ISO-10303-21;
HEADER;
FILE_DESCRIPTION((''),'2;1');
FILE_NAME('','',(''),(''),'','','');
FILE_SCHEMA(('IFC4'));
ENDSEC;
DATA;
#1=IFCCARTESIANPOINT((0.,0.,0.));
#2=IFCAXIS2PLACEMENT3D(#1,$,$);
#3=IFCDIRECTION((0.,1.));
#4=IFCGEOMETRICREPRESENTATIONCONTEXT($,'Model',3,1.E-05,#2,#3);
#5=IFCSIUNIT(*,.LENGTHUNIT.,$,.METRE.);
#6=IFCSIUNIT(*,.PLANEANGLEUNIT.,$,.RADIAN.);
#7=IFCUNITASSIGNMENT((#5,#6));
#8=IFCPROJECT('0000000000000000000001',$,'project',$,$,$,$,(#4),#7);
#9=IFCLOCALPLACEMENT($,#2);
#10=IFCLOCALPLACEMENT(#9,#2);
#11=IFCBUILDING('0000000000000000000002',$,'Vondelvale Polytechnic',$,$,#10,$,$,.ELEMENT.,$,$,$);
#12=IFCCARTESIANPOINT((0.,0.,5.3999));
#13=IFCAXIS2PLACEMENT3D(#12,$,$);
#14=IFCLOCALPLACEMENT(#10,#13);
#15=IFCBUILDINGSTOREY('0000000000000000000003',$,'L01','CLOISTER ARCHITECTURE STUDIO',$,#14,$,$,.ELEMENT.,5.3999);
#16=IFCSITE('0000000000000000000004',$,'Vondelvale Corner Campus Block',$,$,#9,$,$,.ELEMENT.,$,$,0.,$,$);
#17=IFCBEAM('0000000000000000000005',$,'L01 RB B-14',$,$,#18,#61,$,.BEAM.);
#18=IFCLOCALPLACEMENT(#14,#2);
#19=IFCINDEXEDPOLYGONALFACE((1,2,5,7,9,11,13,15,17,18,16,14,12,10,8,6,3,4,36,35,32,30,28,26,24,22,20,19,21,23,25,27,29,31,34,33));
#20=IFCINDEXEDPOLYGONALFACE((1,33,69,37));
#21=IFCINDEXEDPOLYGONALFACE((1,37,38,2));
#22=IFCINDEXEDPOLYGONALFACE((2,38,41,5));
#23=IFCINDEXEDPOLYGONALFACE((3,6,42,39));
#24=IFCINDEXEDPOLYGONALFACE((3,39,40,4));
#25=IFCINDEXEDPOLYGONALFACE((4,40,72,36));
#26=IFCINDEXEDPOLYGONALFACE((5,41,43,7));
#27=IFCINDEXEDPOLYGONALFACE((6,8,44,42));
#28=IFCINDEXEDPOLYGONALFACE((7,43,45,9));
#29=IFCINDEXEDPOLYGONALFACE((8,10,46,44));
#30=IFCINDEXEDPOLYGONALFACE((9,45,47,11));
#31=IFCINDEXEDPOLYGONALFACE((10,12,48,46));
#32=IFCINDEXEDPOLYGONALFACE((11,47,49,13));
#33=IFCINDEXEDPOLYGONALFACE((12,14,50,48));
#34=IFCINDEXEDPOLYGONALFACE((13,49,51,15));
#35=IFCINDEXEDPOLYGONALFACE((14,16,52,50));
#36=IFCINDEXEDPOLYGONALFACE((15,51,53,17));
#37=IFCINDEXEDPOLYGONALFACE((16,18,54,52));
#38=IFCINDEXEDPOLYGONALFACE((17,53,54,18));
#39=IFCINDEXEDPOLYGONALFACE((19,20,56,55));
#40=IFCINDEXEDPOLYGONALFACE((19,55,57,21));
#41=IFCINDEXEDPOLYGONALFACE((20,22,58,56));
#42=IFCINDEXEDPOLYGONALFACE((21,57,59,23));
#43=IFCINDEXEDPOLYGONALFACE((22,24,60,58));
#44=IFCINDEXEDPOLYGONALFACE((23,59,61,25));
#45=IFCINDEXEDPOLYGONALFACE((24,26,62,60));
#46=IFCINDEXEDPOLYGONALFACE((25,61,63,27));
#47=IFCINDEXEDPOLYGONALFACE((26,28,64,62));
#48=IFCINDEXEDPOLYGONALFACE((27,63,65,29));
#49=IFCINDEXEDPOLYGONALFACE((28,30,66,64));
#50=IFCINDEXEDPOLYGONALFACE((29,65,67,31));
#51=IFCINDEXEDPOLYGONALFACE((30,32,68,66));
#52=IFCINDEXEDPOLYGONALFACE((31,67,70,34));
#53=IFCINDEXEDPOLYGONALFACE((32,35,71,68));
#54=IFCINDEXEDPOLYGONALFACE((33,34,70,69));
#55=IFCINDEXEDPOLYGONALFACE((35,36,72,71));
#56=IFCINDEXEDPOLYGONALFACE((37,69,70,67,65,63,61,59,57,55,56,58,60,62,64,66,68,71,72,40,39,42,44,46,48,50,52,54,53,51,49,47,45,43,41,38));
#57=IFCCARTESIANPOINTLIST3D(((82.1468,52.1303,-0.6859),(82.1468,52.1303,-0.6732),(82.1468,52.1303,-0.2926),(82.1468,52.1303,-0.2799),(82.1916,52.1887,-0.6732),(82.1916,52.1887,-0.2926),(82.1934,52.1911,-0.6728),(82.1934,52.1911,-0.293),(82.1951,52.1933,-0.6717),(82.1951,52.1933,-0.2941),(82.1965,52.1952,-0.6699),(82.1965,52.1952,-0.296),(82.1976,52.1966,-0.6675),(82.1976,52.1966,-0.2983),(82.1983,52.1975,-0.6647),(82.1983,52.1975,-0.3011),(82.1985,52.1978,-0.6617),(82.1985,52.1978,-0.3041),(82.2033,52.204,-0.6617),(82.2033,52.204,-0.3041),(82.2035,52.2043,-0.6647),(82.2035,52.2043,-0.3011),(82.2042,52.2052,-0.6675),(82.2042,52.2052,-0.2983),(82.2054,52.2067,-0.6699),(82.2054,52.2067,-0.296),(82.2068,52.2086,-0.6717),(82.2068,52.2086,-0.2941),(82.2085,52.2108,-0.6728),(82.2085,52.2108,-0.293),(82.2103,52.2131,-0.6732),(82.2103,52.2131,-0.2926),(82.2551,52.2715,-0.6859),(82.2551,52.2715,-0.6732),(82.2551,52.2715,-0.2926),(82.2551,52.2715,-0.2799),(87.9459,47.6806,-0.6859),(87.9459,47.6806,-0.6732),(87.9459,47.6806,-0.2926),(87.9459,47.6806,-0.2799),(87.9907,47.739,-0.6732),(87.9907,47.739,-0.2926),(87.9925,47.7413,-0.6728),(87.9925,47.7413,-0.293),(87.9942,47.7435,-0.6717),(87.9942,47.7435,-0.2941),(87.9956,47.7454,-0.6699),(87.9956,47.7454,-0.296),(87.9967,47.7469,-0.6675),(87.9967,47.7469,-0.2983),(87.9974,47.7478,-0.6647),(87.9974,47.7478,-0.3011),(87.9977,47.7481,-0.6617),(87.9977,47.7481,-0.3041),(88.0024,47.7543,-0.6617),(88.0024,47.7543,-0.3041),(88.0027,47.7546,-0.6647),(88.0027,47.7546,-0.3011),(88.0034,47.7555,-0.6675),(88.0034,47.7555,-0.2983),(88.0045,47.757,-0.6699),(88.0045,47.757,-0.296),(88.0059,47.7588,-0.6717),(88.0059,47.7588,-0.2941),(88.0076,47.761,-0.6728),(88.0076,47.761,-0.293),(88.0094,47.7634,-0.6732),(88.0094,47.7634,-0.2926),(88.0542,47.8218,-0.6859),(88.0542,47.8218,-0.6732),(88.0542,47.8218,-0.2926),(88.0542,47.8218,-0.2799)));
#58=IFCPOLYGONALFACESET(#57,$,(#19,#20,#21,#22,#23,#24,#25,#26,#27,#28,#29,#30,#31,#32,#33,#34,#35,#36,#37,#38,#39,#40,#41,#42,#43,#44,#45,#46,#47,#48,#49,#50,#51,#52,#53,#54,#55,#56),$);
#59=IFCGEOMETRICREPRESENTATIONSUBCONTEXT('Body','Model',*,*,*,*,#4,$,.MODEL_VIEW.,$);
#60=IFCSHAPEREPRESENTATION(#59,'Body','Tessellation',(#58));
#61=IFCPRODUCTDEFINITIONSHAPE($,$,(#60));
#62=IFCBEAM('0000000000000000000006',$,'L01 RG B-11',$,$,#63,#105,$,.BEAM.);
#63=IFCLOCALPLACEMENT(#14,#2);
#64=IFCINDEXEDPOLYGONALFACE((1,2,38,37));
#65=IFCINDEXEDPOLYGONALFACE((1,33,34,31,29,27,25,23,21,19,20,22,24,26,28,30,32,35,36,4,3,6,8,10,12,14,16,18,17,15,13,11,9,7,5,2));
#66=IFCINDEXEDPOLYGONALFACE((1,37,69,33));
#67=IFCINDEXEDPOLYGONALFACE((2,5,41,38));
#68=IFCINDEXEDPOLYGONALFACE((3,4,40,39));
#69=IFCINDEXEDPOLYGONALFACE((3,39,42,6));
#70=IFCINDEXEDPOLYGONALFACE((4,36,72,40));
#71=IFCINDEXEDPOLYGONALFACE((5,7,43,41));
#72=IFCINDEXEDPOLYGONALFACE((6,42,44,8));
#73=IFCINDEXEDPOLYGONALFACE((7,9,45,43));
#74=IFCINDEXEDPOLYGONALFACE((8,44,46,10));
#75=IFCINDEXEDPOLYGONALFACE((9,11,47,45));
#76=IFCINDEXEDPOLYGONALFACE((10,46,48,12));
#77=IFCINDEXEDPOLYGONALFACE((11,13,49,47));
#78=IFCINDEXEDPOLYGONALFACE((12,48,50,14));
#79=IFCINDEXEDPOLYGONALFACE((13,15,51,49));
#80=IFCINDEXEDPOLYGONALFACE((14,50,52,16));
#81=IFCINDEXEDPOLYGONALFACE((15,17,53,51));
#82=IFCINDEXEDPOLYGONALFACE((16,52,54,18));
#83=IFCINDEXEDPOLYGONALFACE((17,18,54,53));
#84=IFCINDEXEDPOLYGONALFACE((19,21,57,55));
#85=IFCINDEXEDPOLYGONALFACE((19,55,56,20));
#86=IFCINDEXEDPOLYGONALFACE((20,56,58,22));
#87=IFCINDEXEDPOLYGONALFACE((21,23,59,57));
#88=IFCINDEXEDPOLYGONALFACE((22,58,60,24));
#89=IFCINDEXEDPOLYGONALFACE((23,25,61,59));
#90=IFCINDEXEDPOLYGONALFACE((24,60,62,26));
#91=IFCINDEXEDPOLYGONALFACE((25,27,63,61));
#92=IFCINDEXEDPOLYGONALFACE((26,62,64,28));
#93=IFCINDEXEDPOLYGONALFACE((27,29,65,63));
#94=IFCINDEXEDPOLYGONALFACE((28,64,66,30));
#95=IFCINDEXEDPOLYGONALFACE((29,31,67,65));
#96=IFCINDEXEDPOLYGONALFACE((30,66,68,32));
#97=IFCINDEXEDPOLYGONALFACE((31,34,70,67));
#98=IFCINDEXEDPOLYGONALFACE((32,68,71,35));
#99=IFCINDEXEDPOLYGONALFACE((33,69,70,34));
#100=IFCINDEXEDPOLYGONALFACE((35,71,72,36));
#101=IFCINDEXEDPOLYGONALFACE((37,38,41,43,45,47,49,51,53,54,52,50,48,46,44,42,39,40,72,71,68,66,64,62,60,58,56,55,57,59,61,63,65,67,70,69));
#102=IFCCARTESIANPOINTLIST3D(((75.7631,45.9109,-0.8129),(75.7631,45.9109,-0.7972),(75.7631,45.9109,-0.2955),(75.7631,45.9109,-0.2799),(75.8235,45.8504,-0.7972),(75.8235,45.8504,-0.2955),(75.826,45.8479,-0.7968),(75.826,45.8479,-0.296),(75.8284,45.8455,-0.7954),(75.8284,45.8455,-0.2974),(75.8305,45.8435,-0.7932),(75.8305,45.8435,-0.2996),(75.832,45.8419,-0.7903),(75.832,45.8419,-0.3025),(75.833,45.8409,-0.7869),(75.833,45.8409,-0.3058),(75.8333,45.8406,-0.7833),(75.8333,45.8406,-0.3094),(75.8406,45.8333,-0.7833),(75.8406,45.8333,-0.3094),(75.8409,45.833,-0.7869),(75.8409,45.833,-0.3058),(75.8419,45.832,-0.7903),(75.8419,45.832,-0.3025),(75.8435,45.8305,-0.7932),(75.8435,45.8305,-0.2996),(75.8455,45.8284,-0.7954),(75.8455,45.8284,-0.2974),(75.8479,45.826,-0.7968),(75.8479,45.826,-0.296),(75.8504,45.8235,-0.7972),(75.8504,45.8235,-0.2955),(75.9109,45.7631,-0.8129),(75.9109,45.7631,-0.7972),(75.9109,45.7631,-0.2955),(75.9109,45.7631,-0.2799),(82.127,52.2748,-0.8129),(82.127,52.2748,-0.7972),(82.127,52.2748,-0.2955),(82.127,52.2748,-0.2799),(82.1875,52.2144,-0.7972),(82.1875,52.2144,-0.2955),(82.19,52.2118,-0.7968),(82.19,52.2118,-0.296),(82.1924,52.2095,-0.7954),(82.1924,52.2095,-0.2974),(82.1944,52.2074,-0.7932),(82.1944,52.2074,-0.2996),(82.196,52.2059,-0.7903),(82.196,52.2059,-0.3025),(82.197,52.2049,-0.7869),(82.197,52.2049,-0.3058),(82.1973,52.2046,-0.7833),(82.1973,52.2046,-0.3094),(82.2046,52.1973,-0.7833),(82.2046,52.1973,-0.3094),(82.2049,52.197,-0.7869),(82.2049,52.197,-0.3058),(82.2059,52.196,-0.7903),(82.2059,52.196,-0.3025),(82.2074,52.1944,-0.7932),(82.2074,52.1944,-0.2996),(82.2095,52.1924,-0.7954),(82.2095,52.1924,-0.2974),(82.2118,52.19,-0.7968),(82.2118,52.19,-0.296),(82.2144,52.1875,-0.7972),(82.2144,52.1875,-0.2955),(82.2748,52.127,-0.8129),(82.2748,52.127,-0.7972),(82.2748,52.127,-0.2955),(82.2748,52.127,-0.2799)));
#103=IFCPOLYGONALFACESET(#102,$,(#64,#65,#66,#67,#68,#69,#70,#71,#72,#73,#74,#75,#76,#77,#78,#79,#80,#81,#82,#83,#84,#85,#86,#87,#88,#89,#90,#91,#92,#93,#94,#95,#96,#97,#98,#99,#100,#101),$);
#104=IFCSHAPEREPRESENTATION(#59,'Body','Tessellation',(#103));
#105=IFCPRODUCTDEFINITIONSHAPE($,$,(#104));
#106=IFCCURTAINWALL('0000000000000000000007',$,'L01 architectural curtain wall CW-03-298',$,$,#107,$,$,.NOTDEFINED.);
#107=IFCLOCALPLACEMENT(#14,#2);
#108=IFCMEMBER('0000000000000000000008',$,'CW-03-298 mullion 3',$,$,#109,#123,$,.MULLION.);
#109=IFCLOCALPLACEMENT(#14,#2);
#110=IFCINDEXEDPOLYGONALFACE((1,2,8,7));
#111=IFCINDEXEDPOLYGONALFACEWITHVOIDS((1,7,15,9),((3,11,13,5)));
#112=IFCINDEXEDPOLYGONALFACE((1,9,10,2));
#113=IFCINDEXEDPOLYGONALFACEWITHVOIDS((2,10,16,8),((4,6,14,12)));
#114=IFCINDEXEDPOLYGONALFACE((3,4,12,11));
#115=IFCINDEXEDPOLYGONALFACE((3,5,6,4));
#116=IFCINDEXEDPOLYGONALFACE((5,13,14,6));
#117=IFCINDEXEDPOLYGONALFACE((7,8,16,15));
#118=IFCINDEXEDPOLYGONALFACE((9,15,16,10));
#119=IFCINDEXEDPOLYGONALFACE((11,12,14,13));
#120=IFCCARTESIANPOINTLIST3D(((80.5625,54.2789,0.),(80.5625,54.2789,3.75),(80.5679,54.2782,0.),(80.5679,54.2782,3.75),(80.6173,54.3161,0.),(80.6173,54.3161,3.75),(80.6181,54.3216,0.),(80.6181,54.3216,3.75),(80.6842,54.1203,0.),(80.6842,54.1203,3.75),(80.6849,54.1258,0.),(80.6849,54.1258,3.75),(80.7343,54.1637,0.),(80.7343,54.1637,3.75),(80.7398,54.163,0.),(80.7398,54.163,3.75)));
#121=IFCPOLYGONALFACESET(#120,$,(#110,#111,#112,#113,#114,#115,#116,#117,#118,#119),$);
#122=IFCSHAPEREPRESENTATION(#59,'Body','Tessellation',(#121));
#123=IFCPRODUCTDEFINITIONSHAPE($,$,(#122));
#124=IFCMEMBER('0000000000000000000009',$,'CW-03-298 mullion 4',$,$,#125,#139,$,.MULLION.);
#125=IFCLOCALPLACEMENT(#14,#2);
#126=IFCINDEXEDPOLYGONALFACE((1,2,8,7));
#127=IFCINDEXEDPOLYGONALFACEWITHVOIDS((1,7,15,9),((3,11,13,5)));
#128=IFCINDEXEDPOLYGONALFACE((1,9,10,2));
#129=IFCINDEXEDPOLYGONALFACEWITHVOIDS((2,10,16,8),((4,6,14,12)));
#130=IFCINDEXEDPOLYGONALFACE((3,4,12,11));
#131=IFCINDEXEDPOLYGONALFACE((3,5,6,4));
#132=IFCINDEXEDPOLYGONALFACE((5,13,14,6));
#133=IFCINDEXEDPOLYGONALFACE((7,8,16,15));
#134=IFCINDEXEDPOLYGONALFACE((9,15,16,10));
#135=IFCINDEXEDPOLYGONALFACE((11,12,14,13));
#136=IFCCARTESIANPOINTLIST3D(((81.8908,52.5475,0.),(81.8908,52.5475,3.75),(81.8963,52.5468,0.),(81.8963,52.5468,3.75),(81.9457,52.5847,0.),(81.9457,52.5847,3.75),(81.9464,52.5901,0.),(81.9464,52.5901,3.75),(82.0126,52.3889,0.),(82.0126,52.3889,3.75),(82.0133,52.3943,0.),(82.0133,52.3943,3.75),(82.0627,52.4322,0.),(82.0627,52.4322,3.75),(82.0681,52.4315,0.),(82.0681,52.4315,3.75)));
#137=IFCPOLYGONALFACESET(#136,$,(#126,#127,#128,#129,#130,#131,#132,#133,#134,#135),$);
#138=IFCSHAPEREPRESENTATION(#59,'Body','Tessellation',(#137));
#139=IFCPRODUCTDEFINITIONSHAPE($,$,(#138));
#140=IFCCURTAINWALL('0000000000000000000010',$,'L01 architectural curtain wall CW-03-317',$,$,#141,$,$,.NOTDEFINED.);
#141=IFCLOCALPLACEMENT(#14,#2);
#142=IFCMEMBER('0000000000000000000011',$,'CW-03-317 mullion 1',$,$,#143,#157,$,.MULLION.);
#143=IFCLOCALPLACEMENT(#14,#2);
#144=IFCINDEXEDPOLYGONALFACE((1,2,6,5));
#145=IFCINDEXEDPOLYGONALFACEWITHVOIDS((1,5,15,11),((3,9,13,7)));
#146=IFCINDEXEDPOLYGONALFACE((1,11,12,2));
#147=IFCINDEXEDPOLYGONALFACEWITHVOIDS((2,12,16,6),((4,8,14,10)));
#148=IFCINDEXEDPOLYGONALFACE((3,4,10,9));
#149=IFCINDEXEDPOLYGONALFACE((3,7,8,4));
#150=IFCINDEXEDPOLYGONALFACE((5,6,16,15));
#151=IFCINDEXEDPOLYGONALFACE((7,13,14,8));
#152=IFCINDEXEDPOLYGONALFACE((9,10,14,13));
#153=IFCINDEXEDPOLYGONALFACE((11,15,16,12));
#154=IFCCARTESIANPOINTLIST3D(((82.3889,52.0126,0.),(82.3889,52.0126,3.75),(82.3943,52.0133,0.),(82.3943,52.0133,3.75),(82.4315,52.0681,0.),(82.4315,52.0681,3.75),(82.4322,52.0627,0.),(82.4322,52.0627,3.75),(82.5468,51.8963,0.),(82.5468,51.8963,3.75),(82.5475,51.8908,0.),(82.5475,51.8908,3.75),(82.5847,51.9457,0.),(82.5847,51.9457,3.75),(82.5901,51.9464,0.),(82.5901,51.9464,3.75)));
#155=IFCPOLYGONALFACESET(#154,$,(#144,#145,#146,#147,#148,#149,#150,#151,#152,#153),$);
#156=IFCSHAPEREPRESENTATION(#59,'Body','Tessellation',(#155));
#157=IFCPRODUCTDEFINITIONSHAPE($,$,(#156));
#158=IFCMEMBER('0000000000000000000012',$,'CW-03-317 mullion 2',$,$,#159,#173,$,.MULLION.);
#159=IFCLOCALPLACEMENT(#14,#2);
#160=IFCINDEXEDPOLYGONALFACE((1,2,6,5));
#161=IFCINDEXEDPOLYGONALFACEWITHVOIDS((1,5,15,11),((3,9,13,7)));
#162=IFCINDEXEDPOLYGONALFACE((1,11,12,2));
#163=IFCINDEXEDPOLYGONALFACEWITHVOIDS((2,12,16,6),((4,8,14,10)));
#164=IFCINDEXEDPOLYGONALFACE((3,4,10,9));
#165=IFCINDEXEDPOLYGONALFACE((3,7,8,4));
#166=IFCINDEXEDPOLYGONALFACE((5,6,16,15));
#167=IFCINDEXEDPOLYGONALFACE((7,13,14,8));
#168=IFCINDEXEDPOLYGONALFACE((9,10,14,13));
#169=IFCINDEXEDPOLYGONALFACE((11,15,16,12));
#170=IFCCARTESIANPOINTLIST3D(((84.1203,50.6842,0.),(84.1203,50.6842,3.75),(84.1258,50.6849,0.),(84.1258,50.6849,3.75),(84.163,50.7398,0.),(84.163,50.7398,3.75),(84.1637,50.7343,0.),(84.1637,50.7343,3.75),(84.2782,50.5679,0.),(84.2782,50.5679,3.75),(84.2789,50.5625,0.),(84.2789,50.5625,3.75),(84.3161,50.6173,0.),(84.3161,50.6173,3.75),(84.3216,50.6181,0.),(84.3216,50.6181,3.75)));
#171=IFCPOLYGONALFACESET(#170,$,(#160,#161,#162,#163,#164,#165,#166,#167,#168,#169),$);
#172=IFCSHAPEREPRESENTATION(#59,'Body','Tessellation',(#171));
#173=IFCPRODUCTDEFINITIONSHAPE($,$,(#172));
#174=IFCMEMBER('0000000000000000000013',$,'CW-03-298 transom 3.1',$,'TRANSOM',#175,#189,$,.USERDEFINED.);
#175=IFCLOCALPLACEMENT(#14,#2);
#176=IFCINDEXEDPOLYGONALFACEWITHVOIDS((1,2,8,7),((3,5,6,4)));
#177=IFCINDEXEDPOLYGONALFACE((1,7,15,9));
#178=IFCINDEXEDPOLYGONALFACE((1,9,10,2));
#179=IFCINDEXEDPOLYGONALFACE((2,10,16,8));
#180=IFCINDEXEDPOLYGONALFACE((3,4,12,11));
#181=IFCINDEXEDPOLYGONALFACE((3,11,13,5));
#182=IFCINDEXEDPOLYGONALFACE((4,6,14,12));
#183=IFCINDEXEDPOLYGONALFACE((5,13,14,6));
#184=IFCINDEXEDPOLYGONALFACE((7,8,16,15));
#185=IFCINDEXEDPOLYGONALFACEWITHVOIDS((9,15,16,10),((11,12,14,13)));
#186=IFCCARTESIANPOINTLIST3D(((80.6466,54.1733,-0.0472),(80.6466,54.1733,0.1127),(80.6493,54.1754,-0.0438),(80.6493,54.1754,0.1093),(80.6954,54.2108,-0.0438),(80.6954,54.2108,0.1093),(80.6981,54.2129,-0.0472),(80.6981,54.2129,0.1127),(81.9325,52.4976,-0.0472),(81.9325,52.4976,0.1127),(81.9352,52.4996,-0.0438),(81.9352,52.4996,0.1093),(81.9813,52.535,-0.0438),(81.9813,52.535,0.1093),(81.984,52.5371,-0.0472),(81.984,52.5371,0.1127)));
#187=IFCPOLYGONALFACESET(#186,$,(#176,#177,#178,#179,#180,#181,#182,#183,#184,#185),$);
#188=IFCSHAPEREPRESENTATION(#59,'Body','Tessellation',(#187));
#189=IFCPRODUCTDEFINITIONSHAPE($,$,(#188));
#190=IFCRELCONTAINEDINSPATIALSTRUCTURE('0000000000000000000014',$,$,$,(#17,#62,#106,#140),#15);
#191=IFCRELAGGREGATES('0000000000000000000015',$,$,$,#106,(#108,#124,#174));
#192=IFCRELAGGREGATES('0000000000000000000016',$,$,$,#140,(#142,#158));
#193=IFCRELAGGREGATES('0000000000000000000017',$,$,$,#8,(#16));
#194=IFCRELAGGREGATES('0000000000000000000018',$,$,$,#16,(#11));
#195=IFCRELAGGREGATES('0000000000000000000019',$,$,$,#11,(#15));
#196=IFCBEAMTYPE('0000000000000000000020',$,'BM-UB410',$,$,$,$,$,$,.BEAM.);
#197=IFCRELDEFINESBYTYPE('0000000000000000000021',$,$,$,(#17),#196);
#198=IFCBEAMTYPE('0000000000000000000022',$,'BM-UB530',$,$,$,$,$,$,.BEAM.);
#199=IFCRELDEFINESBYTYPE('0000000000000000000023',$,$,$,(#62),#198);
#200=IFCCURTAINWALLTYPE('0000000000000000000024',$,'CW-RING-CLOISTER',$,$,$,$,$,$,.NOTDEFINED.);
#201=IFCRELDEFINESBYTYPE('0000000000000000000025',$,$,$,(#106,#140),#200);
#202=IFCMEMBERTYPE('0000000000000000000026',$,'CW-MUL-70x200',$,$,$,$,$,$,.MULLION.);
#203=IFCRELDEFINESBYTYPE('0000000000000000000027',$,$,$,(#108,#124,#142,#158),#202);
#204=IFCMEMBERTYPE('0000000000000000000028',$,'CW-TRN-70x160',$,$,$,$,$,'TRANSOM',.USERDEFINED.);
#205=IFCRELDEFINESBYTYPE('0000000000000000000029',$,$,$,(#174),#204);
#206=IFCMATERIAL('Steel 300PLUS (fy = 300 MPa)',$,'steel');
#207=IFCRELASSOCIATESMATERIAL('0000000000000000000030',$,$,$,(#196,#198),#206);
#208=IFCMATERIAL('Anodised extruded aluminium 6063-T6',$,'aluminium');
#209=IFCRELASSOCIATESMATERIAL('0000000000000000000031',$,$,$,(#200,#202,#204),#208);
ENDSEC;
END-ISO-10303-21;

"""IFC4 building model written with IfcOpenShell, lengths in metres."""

from ifc_helpers import new_model, si_unit, direction, frame, origin, origin_2d, place, context, subcontext, project, spatial, hollow_rectangle, i_section, extrude, material, material_profile, profile_set, type_object, element, aggregate, save


model = new_model("IFC4")

# Units and contexts
model_context = context("Model", 3, precision=1e-05, world=origin(), true_north=direction((0.0, 1.0)))
body_context = subcontext(model_context, "Body", "Model", "MODEL_VIEW")
ifc_project = project(units=[si_unit("LENGTHUNIT", "METRE"), si_unit("PLANEANGLEUNIT", "RADIAN")], contexts=[model_context])

# Site, building, storey
site_placement = place(None, origin())
site = spatial("IfcSite", under=ifc_project, at=site_placement, Name="Vondelvale Corner Campus Block", CompositionType="ELEMENT", RefElevation=0.0)
building_placement = place(site_placement, origin())
building = spatial("IfcBuilding", under=site, at=building_placement, Name="Vondelvale Polytechnic", CompositionType="ELEMENT")
storey_placement = place(building_placement, frame((0.0, 0.0, 5.3999)))
storey = spatial("IfcBuildingStorey", under=building, at=storey_placement, Name="L01", Description="CLOISTER ARCHITECTURE STUDIO", CompositionType="ELEMENT", Elevation=5.3999)

# Beams
ifc_material_1 = material(Name="Steel 300PLUS (fy = 300 MPa)", Category="steel")
ifc_material_profile_1 = material_profile(ifc_material_1, i_section(OverallWidth=0.178, OverallDepth=0.406, WebThickness=0.0078, FlangeThickness=0.0127, FilletRadius=0.0115, at=origin_2d()), Name="410UB59.7")
ifc_profile_set_1 = profile_set([ifc_material_profile_1], Name="Steel 300PLUS (fy = 300 MPa)")
beam_type_1 = type_object("IfcBeamType", Name="BM-UB410", PredefinedType="BEAM", material=ifc_profile_set_1)
beam_1_placement = place(storey_placement, frame((82.2009, 52.2009, -0.4829), z_axis=(0.793358, -0.608755, 0.0), x_axis=(0.608755, 0.793358, 0.0)))
element("IfcBeam", 1, at=beam_1_placement, inside=storey, type_object=beam_type_1, Name="L01 RB B-14", PredefinedType="BEAM", context=body_context, shape_type="SweptSolid", body=[
    extrude(i_section(OverallWidth=0.178, OverallDepth=0.406, WebThickness=0.0078, FlangeThickness=0.0127, FilletRadius=0.0115, at=origin_2d()), origin(), (0.0, 0.0, 1.0), 7.3096),
])
ifc_material_profile_2 = material_profile(ifc_material_1, i_section(OverallWidth=0.209, OverallDepth=0.533, WebThickness=0.0103, FlangeThickness=0.0156, FilletRadius=0.0139, at=origin_2d()), Name="530UB92.4")
ifc_profile_set_2 = profile_set([ifc_material_profile_2], Name="Steel 300PLUS (fy = 300 MPa)")
beam_type_2 = type_object("IfcBeamType", Name="BM-UB530", PredefinedType="BEAM", material=ifc_profile_set_2)
beam_2_placement = place(storey_placement, frame((82.2009, 52.2009, -0.5464), z_axis=(-0.707107, -0.707107, 0.0), x_axis=(0.707107, -0.707107, 0.0)))
element("IfcBeam", 2, at=beam_2_placement, inside=storey, type_object=beam_type_2, Name="L01 RG B-11", PredefinedType="BEAM", context=body_context, shape_type="SweptSolid", body=[
    extrude(i_section(OverallWidth=0.209, OverallDepth=0.533, WebThickness=0.0103, FlangeThickness=0.0156, FilletRadius=0.0139, at=origin_2d()), origin(), (0.0, 0.0, 1.0), 9.0),
])

# Curtain walls, members
ifc_material_2 = material(Name="Anodised extruded aluminium 6063-T6", Category="aluminium")
curtain_wall_type = type_object("IfcCurtainWallType", Name="CW-RING-CLOISTER", PredefinedType="NOTDEFINED", material=ifc_material_2)
curtain_wall_1_placement = place(storey_placement, origin())
curtain_wall_1 = element("IfcCurtainWall", 3, at=curtain_wall_1_placement, inside=storey, type_object=curtain_wall_type, Name="L01 architectural curtain wall CW-03-298", PredefinedType="NOTDEFINED")
ifc_material_profile_3 = material_profile(ifc_material_2, hollow_rectangle(XDim=0.0701, YDim=0.2, WallThickness=0.0039, at=origin_2d()), Name="CW-MUL-200x70")
ifc_profile_set_3 = profile_set([ifc_material_profile_3], Name="Anodised extruded aluminium 6063-T6")
member_type_1 = type_object("IfcMemberType", Name="CW-MUL-70x200", PredefinedType="MULLION", material=ifc_profile_set_3)
member_1_placement = place(storey_placement, frame((80.6511, 54.2209, 0.0), z_axis=(0.0, 0.0, 1.0), x_axis=(0.793364, 0.608748, 0.0)))
member_1 = element("IfcMember", 4, at=member_1_placement, type_object=member_type_1, Name="CW-03-298 mullion 3", PredefinedType="MULLION", context=body_context, shape_type="SweptSolid", body=[
    extrude(hollow_rectangle(XDim=0.0701, YDim=0.2, WallThickness=0.0039, at=origin_2d()), origin(), (0.0, 0.0, 1.0), 3.75),
])
member_2_placement = place(storey_placement, frame((81.9795, 52.4895, 0.0), z_axis=(0.0, 0.0, 1.0), x_axis=(0.793364, 0.608748, 0.0)))
member_2 = element("IfcMember", 5, at=member_2_placement, type_object=member_type_1, Name="CW-03-298 mullion 4", PredefinedType="MULLION", context=body_context, shape_type="SweptSolid", body=[
    extrude(hollow_rectangle(XDim=0.0701, YDim=0.2, WallThickness=0.0039, at=origin_2d()), origin(), (0.0, 0.0, 1.0), 3.75),
])
curtain_wall_2_placement = place(storey_placement, origin())
curtain_wall_2 = element("IfcCurtainWall", 6, at=curtain_wall_2_placement, inside=storey, type_object=curtain_wall_type, Name="L01 architectural curtain wall CW-03-317", PredefinedType="NOTDEFINED")
member_3_placement = place(storey_placement, frame((82.4895, 51.9795, 0.0), z_axis=(0.0, 0.0, 1.0), x_axis=(0.608748, 0.793364, 0.0)))
member_3 = element("IfcMember", 7, at=member_3_placement, type_object=member_type_1, Name="CW-03-317 mullion 1", PredefinedType="MULLION", context=body_context, shape_type="SweptSolid", body=[
    extrude(hollow_rectangle(XDim=0.0701, YDim=0.2, WallThickness=0.0039, at=origin_2d()), origin(), (0.0, 0.0, 1.0), 3.75),
])
member_4_placement = place(storey_placement, frame((84.2209, 50.6511, 0.0), z_axis=(0.0, 0.0, 1.0), x_axis=(0.608748, 0.793364, 0.0)))
member_4 = element("IfcMember", 8, at=member_4_placement, type_object=member_type_1, Name="CW-03-317 mullion 2", PredefinedType="MULLION", context=body_context, shape_type="SweptSolid", body=[
    extrude(hollow_rectangle(XDim=0.0701, YDim=0.2, WallThickness=0.0039, at=origin_2d()), origin(), (0.0, 0.0, 1.0), 3.75),
])

# Member
ifc_material_profile_4 = material_profile(ifc_material_2, hollow_rectangle(XDim=0.0649, YDim=0.1599, WallThickness=0.0034, at=origin_2d()), Name="CW-TRN-160x65")
ifc_profile_set_4 = profile_set([ifc_material_profile_4], Name="Anodised extruded aluminium 6063-T6")
member_type_2 = type_object("IfcMemberType", Name="CW-TRN-70x160", ElementType="TRANSOM", PredefinedType="USERDEFINED", material=ifc_profile_set_4)
member_5_placement = place(storey_placement, frame((80.6724, 54.1931, 0.0327), z_axis=(0.608766, -0.79335, 0.0), x_axis=(0.79335, 0.608766, 0.0)))
member_5 = element("IfcMember", 9, at=member_5_placement, type_object=member_type_2, Name="CW-03-298 transom 3.1", ObjectType="TRANSOM", PredefinedType="USERDEFINED", context=body_context, shape_type="SweptSolid", body=[
    extrude(hollow_rectangle(XDim=0.0649, YDim=0.1599, WallThickness=0.0034, at=origin_2d()), origin(), (0.0, 0.0, 1.0), 2.1123),
])

aggregate(curtain_wall_1, [member_1, member_2, member_5])
aggregate(curtain_wall_2, [member_3, member_4])

save(model, "model.ifc")
